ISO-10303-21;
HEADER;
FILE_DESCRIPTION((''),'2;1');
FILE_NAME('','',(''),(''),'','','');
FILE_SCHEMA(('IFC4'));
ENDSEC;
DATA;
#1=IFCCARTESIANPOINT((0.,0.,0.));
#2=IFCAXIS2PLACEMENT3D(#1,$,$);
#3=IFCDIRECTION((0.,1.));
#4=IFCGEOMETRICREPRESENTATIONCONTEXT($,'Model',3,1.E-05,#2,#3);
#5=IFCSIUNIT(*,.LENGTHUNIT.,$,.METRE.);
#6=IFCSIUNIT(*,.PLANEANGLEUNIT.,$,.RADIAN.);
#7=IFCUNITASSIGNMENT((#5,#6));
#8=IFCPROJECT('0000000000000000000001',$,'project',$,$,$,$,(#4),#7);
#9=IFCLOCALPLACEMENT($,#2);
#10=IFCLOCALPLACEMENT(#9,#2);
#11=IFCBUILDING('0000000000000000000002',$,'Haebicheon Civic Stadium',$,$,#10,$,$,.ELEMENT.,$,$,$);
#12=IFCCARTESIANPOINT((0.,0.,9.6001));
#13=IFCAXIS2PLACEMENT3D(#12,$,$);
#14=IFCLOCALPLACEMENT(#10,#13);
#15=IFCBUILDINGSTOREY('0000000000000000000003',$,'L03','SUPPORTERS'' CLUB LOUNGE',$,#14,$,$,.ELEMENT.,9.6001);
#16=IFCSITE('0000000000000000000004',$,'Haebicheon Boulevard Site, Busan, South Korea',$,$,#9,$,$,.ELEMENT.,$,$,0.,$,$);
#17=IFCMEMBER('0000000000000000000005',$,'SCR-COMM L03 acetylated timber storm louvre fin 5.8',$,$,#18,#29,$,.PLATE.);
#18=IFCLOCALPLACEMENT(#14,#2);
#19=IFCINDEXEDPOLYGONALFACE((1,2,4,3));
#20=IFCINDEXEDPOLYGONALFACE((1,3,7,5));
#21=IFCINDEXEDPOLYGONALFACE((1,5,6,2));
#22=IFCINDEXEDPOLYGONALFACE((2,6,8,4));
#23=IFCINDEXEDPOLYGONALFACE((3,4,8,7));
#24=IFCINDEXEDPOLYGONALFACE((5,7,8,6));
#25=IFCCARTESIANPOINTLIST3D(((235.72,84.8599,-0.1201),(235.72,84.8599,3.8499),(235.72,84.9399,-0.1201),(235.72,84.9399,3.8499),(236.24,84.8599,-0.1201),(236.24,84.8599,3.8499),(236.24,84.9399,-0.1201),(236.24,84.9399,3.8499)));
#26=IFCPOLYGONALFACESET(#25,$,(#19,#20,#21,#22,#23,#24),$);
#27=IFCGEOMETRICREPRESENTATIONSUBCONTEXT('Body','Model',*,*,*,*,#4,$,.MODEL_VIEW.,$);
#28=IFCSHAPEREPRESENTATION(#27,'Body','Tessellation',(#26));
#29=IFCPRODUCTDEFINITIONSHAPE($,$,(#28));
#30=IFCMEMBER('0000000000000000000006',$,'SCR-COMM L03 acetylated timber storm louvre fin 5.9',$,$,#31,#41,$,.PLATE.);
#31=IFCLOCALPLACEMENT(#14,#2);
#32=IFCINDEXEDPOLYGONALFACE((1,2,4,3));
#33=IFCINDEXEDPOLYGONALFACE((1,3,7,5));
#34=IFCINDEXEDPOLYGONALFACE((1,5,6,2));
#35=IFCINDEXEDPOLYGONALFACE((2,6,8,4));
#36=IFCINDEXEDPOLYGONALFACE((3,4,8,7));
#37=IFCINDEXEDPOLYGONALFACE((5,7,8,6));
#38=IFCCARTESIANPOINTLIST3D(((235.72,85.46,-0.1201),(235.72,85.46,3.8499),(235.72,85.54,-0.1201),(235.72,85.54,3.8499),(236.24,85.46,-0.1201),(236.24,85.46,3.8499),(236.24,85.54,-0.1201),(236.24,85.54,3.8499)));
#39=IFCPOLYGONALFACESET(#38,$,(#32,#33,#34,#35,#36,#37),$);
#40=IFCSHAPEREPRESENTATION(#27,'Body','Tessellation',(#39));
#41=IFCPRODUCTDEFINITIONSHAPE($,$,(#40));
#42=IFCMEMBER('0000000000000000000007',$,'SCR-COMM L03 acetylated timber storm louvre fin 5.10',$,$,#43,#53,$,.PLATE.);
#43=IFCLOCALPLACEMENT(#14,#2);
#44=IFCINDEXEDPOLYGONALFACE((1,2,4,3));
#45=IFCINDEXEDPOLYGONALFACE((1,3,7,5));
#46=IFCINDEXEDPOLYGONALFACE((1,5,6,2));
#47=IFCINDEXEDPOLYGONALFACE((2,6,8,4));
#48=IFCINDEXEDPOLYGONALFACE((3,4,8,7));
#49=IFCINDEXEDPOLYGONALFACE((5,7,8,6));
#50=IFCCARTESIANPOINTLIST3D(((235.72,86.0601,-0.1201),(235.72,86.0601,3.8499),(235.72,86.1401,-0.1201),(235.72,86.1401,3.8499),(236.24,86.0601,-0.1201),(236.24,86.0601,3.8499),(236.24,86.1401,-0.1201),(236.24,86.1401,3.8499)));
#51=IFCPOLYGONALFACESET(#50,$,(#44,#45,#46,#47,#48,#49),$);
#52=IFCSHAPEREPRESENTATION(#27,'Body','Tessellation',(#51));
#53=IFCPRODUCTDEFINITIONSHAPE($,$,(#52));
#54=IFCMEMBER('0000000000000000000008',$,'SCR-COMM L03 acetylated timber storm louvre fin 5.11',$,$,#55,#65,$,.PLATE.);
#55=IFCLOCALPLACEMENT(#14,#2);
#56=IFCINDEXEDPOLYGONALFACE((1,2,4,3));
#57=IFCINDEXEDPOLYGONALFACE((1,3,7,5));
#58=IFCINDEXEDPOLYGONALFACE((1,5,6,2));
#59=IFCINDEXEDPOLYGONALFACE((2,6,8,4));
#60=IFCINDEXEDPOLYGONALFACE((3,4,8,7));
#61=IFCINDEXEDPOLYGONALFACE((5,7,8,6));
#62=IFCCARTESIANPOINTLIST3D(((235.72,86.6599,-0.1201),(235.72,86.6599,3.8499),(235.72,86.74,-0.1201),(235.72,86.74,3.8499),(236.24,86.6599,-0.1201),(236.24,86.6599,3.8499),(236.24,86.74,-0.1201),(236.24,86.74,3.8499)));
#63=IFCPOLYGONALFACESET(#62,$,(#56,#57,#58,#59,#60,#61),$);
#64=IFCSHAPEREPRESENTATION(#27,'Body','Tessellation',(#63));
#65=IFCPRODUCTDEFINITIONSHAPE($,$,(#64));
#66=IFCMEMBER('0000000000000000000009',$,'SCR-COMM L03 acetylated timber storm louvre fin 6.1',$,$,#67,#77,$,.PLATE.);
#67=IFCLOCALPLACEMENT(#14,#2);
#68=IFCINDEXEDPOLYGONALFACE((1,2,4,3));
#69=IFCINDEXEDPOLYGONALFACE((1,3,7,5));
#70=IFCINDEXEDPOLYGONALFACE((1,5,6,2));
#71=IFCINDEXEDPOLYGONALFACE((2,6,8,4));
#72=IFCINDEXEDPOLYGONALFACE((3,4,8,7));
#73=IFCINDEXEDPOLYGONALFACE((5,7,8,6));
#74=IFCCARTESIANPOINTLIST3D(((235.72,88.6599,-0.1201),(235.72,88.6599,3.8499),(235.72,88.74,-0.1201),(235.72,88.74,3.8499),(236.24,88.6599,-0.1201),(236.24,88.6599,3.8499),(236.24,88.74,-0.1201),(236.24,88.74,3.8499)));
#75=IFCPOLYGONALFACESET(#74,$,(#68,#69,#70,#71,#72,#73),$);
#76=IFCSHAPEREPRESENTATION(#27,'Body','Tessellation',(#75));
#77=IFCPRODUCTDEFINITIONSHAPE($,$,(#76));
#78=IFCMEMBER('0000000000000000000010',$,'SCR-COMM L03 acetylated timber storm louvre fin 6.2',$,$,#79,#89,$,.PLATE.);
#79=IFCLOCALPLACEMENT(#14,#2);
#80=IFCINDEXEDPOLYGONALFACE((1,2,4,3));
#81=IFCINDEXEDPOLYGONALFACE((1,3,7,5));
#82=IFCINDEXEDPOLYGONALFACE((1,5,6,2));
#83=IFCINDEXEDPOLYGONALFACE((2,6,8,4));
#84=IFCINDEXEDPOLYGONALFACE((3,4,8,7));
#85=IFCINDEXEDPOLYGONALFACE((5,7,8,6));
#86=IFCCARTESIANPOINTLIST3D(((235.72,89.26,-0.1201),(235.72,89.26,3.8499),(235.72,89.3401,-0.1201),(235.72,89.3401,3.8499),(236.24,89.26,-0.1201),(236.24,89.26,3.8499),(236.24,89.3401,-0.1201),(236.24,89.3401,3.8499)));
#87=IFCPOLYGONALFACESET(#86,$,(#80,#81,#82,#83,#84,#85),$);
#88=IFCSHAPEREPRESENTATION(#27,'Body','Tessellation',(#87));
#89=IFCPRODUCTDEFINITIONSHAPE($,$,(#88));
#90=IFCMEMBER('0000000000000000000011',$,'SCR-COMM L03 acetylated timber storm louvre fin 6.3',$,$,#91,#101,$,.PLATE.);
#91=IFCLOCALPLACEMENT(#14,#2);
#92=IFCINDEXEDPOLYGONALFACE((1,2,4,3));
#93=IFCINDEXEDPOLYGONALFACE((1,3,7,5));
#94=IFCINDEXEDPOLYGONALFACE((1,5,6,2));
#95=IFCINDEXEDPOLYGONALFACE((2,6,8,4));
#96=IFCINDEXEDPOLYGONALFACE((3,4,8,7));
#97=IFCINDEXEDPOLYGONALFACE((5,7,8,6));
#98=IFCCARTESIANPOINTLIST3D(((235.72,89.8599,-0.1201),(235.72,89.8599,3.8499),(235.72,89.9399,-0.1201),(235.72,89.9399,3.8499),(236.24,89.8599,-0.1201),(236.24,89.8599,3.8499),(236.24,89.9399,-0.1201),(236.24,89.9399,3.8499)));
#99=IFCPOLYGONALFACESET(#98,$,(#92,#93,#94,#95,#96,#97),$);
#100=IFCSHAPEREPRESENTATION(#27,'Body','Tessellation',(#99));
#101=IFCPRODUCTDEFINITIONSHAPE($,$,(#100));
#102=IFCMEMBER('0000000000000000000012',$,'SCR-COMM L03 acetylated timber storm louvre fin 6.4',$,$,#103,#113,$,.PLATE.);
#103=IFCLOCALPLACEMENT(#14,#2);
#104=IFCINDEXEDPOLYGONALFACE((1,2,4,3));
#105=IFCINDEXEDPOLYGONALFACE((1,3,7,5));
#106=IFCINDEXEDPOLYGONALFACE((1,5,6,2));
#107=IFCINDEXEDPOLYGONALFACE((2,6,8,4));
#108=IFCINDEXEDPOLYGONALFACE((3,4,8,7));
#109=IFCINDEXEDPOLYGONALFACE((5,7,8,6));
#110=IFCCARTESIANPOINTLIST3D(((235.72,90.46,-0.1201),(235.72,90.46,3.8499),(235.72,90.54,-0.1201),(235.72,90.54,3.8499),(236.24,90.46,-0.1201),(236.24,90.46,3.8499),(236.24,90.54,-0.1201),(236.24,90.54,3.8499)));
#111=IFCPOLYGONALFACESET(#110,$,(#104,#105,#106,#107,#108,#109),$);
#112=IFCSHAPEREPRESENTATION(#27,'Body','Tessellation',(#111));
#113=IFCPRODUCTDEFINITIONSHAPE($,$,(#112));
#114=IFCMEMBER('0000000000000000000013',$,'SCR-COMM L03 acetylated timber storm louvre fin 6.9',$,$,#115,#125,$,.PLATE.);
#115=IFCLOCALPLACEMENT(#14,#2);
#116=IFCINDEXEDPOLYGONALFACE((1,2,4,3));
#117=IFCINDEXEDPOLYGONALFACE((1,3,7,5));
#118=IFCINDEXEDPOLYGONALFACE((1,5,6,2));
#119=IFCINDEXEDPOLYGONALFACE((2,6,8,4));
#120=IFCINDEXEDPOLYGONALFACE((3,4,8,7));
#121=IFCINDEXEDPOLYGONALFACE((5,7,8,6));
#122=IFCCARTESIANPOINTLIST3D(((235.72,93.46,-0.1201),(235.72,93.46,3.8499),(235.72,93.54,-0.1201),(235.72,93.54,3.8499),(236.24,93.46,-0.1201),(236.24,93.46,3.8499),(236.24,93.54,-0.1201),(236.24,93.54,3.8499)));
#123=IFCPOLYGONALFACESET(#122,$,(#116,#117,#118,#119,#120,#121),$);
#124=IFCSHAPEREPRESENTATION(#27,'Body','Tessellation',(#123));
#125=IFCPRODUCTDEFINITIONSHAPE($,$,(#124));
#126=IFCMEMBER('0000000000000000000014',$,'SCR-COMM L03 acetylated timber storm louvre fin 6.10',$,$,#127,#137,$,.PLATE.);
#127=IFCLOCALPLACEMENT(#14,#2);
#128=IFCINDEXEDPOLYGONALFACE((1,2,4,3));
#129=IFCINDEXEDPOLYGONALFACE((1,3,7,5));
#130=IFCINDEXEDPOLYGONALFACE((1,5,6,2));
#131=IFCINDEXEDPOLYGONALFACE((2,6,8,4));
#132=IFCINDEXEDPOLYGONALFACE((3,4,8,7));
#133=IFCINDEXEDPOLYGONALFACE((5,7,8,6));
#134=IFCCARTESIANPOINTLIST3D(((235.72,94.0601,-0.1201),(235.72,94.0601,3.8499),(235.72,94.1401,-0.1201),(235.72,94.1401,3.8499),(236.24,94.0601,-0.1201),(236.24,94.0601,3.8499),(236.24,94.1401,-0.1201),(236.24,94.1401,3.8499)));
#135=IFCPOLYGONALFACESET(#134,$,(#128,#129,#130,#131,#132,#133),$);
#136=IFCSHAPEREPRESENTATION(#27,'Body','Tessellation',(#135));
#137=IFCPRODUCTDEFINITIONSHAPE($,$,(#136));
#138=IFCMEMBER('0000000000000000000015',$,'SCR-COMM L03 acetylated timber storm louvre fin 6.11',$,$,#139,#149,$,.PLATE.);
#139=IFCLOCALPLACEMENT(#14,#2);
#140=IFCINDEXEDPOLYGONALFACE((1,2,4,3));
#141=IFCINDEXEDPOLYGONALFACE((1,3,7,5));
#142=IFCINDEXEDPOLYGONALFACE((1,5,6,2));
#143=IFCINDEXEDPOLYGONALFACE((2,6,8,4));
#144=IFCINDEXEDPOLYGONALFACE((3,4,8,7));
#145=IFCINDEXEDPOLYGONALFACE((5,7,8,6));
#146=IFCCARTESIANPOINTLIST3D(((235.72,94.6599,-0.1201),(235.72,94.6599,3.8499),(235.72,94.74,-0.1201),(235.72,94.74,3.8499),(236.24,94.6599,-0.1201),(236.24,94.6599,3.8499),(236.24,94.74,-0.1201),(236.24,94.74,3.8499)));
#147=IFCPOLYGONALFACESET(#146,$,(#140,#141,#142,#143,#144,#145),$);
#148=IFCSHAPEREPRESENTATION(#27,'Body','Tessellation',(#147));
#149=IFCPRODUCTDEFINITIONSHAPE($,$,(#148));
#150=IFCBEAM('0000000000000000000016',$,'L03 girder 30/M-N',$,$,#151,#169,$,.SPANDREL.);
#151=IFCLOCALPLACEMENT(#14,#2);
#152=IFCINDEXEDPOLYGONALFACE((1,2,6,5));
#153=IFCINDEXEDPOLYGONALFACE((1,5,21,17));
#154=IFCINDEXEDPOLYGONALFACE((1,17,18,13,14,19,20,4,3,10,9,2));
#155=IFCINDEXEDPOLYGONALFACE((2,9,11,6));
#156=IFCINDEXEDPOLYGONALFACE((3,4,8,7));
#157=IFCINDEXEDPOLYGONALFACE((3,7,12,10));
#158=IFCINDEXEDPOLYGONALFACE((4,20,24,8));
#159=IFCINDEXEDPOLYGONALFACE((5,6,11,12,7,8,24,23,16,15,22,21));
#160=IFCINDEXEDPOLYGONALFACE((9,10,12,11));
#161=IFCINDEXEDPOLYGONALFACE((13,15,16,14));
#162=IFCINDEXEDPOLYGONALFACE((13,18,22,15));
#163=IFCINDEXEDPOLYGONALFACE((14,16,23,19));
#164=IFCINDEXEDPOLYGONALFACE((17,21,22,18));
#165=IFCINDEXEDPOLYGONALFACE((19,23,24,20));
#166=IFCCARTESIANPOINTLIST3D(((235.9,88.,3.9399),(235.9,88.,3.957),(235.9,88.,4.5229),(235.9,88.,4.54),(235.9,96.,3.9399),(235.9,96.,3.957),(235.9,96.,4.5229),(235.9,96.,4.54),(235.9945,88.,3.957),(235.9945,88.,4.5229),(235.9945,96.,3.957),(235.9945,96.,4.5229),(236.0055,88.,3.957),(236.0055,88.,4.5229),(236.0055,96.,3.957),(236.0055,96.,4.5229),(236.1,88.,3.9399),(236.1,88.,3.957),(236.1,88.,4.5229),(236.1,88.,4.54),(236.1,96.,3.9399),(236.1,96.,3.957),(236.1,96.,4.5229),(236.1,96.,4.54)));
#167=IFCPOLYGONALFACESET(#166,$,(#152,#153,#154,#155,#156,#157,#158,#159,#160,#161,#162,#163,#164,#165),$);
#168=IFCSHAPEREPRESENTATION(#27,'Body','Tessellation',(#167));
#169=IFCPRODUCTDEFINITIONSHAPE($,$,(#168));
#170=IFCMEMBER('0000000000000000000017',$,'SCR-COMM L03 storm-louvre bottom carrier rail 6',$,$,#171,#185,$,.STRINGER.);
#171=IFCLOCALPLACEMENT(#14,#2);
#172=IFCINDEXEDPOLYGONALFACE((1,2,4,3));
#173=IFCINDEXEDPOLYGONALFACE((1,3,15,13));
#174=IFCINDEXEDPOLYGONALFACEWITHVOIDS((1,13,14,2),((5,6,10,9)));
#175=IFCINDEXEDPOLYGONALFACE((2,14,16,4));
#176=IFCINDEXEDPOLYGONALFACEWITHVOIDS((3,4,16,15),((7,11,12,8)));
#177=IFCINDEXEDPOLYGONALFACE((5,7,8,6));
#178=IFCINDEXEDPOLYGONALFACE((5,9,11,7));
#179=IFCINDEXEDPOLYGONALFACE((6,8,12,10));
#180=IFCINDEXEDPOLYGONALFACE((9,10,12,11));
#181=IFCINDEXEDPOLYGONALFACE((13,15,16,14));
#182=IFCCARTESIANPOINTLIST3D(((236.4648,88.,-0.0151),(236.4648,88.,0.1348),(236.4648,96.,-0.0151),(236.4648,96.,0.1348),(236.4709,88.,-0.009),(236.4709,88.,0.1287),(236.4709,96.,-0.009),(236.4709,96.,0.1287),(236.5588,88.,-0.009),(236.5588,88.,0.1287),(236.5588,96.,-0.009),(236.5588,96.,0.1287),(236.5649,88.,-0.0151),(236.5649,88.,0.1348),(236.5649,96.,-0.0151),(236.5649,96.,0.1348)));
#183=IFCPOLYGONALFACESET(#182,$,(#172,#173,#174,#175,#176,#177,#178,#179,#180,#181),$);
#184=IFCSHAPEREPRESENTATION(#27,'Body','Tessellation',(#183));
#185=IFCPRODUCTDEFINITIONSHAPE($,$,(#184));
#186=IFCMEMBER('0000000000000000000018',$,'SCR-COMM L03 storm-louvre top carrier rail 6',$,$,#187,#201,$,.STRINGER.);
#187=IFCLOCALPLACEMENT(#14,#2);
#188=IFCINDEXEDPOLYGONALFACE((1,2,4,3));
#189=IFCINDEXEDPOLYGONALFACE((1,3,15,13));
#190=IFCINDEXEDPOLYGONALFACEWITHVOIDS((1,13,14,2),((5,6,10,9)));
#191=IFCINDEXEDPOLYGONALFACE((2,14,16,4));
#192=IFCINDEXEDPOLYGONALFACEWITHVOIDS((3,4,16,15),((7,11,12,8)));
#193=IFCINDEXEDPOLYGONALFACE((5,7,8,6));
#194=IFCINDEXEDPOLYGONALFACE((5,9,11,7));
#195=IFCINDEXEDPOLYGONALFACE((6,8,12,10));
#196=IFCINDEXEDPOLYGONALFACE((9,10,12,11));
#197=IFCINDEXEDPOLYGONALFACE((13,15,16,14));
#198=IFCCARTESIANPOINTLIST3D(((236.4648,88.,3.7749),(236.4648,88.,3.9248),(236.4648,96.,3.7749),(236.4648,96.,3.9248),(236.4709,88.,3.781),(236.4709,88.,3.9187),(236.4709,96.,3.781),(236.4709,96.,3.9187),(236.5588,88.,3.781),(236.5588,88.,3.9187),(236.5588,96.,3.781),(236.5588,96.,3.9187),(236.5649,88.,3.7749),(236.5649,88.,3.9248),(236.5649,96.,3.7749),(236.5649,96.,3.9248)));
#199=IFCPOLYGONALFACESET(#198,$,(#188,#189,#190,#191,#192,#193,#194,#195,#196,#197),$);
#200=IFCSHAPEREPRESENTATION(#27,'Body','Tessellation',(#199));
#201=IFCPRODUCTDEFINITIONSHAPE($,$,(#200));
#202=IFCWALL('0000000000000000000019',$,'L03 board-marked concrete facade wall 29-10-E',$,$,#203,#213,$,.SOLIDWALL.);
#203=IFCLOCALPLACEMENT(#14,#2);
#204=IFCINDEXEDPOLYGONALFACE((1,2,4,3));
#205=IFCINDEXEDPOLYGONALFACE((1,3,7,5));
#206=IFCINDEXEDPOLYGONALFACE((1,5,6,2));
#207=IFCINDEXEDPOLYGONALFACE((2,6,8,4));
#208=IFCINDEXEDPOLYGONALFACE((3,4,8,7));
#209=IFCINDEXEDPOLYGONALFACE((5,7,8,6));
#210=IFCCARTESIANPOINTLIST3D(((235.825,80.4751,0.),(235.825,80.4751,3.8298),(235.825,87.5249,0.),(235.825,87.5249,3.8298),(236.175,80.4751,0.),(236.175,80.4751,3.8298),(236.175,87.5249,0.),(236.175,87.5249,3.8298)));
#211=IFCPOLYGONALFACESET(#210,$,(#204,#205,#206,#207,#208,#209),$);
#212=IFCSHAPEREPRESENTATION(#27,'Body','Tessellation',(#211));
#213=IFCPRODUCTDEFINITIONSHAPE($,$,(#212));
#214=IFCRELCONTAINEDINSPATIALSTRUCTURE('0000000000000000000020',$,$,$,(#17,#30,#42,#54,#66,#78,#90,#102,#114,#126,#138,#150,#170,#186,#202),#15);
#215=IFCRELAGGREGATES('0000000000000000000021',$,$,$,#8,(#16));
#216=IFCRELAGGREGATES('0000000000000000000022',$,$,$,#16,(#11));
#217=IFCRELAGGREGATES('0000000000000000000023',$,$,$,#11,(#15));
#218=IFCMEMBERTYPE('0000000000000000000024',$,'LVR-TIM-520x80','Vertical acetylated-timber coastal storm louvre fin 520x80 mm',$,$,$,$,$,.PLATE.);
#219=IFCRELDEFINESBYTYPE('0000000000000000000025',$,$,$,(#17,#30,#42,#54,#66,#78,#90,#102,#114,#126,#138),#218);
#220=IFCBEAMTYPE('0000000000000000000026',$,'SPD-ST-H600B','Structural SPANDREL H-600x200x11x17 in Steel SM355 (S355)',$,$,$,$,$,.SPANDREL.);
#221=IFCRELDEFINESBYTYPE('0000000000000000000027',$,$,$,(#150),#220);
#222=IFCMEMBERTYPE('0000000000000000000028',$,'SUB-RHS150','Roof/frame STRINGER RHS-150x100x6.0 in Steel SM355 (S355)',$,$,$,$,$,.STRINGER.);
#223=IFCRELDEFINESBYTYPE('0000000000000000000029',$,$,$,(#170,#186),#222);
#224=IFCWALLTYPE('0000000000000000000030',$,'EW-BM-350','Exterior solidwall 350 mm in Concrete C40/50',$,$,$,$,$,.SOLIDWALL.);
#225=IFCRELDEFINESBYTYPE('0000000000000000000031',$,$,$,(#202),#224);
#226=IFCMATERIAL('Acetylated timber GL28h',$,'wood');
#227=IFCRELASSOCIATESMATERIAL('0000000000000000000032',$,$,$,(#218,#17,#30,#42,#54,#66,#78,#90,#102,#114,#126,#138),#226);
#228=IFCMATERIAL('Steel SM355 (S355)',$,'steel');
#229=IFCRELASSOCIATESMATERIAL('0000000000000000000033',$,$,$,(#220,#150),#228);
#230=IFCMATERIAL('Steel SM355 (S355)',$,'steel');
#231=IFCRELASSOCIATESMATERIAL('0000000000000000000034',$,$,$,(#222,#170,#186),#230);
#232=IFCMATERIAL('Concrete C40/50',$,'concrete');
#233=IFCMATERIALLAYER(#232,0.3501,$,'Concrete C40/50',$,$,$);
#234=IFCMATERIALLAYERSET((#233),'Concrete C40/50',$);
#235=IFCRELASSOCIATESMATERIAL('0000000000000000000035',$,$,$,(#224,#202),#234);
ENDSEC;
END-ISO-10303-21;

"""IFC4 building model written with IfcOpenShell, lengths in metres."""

from ifc_helpers import new_model, si_unit, direction, frame, frame_2d, origin, origin_2d, place, context, subcontext, project, spatial, rectangle, hollow_rectangle, i_section, extrude, material, layer, layer_set, material_profile, profile_set, type_object, element, save


model = new_model("IFC4")

# Units and contexts
model_context = context("Model", 3, precision=1e-05, world=origin(), true_north=direction((0.0, 1.0)))
body_context = subcontext(model_context, "Body", "Model", "MODEL_VIEW")
ifc_project = project(units=[si_unit("LENGTHUNIT", "METRE"), si_unit("PLANEANGLEUNIT", "RADIAN")], contexts=[model_context])

# Site, building, storey
site_placement = place(None, origin())
site = spatial("IfcSite", under=ifc_project, at=site_placement, Name="Haebicheon Boulevard Site, Busan, South Korea", CompositionType="ELEMENT", RefElevation=0.0)
building_placement = place(site_placement, origin())
building = spatial("IfcBuilding", under=site, at=building_placement, Name="Haebicheon Civic Stadium", CompositionType="ELEMENT")
storey_placement = place(building_placement, frame((0.0, 0.0, 9.6001)))
storey = spatial("IfcBuildingStorey", under=building, at=storey_placement, Name="L03", Description="SUPPORTERS' CLUB LOUNGE", CompositionType="ELEMENT", Elevation=9.6001)

# Members
ifc_material_1 = material(Name="Acetylated timber GL28h", Category="wood")
ifc_material_profile_1 = material_profile(ifc_material_1, rectangle(XDim=0.0801, YDim=0.52, at=origin_2d()), Name="TMB-LOUV-80x520")
ifc_profile_set_1 = profile_set([ifc_material_profile_1], Name="Acetylated timber GL28h")
member_type_1 = type_object("IfcMemberType", Name="LVR-TIM-520x80", Description="Vertical acetylated-timber coastal storm louvre fin 520x80 mm", PredefinedType="PLATE", material=ifc_profile_set_1)
for number, where, z_axis, x_axis, name in (
    (1, (235.98, 84.8999, -0.1201), (0.0, 0.0, 1.0), (0.0, 1.0, 0.0), "SCR-COMM L03 acetylated timber storm louvre fin 5.8"),
    (2, (235.98, 85.5, -0.1201), (0.0, 0.0, 1.0), (0.0, 1.0, 0.0), "SCR-COMM L03 acetylated timber storm louvre fin 5.9"),
    (3, (235.98, 86.1001, -0.1201), (0.0, 0.0, 1.0), (0.0, 1.0, 0.0), "SCR-COMM L03 acetylated timber storm louvre fin 5.10"),
    (4, (235.98, 86.7, -0.1201), (0.0, 0.0, 1.0), (0.0, 1.0, 0.0), "SCR-COMM L03 acetylated timber storm louvre fin 5.11"),
    (5, (235.98, 88.7, -0.1201), (0.0, 0.0, 1.0), (0.0, 1.0, 0.0), "SCR-COMM L03 acetylated timber storm louvre fin 6.1"),
    (6, (235.98, 89.3, -0.1201), (0.0, 0.0, 1.0), (0.0, 1.0, 0.0), "SCR-COMM L03 acetylated timber storm louvre fin 6.2"),
    (7, (235.98, 89.8999, -0.1201), (0.0, 0.0, 1.0), (0.0, 1.0, 0.0), "SCR-COMM L03 acetylated timber storm louvre fin 6.3"),
    (8, (235.98, 90.5, -0.1201), (0.0, 0.0, 1.0), (0.0, 1.0, 0.0), "SCR-COMM L03 acetylated timber storm louvre fin 6.4"),
    (9, (235.98, 93.5, -0.1201), (0.0, 0.0, 1.0), (0.0, 1.0, 0.0), "SCR-COMM L03 acetylated timber storm louvre fin 6.9"),
    (10, (235.98, 94.1001, -0.1201), (0.0, 0.0, 1.0), (0.0, 1.0, 0.0), "SCR-COMM L03 acetylated timber storm louvre fin 6.10"),
    (11, (235.98, 94.7, -0.1201), (0.0, 0.0, 1.0), (0.0, 1.0, 0.0), "SCR-COMM L03 acetylated timber storm louvre fin 6.11"),
):
    element("IfcMember", number, at=place(storey_placement, frame(where, z_axis=z_axis, x_axis=x_axis)), inside=storey, type_object=member_type_1, material=ifc_profile_set_1, Name=name, PredefinedType="PLATE", context=body_context, shape_type="SweptSolid", body=[
        extrude(rectangle(XDim=0.0801, YDim=0.52, at=origin_2d()), origin(), (0.0, 0.0, 1.0), 3.97),
    ])

# Beam
ifc_material_2 = material(Name="Steel SM355 (S355)", Category="steel")
ifc_material_profile_2 = material_profile(ifc_material_2, i_section(OverallWidth=0.2, OverallDepth=0.6001, WebThickness=0.011, FlangeThickness=0.0171, at=origin_2d()), Name="H-600x200x11x17")
ifc_profile_set_2 = profile_set([ifc_material_profile_2], Name="Steel SM355 (S355)")
beam_type_1 = type_object("IfcBeamType", Name="SPD-ST-H600B", Description="Structural SPANDREL H-600x200x11x17 in Steel SM355 (S355)", PredefinedType="SPANDREL", material=ifc_profile_set_2)
beam_1_placement = place(storey_placement, frame((236.0, 88.0, 4.24), z_axis=(0.0, 1.0, 0.0), x_axis=(-1.0, 0.0, 0.0)))
element("IfcBeam", 12, at=beam_1_placement, inside=storey, type_object=beam_type_1, material=ifc_profile_set_2, Name="L03 girder 30/M-N", PredefinedType="SPANDREL", context=body_context, shape_type="SweptSolid", body=[
    extrude(i_section(OverallWidth=0.2, OverallDepth=0.6001, WebThickness=0.011, FlangeThickness=0.0171, at=origin_2d()), origin(), (0.0, 0.0, 1.0), 8.0),
])

# Members
ifc_material_3 = material(Name="Steel SM355 (S355)", Category="steel")
ifc_material_profile_3 = material_profile(ifc_material_3, hollow_rectangle(XDim=0.1001, YDim=0.1499, WallThickness=0.0061, at=origin_2d()), Name="RHS-150x100x6.0")
ifc_profile_set_3 = profile_set([ifc_material_profile_3], Name="Steel SM355 (S355)")
member_type_2 = type_object("IfcMemberType", Name="SUB-RHS150", Description="Roof/frame STRINGER RHS-150x100x6.0 in Steel SM355 (S355)", PredefinedType="STRINGER", material=ifc_profile_set_3)
for number, where, z_axis, x_axis, name in (
    (13, (236.5149, 88.0, 0.0598), (0.0, 1.0, 0.0), (-1.0, 0.0, 0.0), "SCR-COMM L03 storm-louvre bottom carrier rail 6"),
    (14, (236.5149, 88.0, 3.8499), (0.0, 1.0, 0.0), (-1.0, 0.0, 0.0), "SCR-COMM L03 storm-louvre top carrier rail 6"),
):
    element("IfcMember", number, at=place(storey_placement, frame(where, z_axis=z_axis, x_axis=x_axis)), inside=storey, type_object=member_type_2, material=ifc_profile_set_3, Name=name, PredefinedType="STRINGER", context=body_context, shape_type="SweptSolid", body=[
        extrude(hollow_rectangle(XDim=0.1001, YDim=0.1499, WallThickness=0.0061, at=origin_2d()), origin(), (0.0, 0.0, 1.0), 8.0),
    ])

# Wall
ifc_material_4 = material(Name="Concrete C40/50", Category="concrete")
ifc_layer_1 = layer(ifc_material_4, 0.3501, Name="Concrete C40/50")
ifc_layer_set_1 = layer_set([ifc_layer_1], Name="Concrete C40/50")
wall_type = type_object("IfcWallType", Name="EW-BM-350", Description="Exterior solidwall 350 mm in Concrete C40/50", PredefinedType="SOLIDWALL", material=ifc_layer_set_1)
wall_1_placement = place(storey_placement, frame((236.0, 80.4751, 0.0), z_axis=(0.0, 0.0, 1.0), x_axis=(0.0, 1.0, 0.0)))
element("IfcWall", 15, at=wall_1_placement, inside=storey, type_object=wall_type, material=ifc_layer_set_1, Name="L03 board-marked concrete facade wall 29-10-E", PredefinedType="SOLIDWALL", context=body_context, shape_type="SweptSolid", body=[
    extrude(rectangle(XDim=7.0498, YDim=0.3501, at=frame_2d((3.5249, 0.0))), origin(), (0.0, 0.0, 1.0), 3.8298),
])

save(model, "model.ifc")
